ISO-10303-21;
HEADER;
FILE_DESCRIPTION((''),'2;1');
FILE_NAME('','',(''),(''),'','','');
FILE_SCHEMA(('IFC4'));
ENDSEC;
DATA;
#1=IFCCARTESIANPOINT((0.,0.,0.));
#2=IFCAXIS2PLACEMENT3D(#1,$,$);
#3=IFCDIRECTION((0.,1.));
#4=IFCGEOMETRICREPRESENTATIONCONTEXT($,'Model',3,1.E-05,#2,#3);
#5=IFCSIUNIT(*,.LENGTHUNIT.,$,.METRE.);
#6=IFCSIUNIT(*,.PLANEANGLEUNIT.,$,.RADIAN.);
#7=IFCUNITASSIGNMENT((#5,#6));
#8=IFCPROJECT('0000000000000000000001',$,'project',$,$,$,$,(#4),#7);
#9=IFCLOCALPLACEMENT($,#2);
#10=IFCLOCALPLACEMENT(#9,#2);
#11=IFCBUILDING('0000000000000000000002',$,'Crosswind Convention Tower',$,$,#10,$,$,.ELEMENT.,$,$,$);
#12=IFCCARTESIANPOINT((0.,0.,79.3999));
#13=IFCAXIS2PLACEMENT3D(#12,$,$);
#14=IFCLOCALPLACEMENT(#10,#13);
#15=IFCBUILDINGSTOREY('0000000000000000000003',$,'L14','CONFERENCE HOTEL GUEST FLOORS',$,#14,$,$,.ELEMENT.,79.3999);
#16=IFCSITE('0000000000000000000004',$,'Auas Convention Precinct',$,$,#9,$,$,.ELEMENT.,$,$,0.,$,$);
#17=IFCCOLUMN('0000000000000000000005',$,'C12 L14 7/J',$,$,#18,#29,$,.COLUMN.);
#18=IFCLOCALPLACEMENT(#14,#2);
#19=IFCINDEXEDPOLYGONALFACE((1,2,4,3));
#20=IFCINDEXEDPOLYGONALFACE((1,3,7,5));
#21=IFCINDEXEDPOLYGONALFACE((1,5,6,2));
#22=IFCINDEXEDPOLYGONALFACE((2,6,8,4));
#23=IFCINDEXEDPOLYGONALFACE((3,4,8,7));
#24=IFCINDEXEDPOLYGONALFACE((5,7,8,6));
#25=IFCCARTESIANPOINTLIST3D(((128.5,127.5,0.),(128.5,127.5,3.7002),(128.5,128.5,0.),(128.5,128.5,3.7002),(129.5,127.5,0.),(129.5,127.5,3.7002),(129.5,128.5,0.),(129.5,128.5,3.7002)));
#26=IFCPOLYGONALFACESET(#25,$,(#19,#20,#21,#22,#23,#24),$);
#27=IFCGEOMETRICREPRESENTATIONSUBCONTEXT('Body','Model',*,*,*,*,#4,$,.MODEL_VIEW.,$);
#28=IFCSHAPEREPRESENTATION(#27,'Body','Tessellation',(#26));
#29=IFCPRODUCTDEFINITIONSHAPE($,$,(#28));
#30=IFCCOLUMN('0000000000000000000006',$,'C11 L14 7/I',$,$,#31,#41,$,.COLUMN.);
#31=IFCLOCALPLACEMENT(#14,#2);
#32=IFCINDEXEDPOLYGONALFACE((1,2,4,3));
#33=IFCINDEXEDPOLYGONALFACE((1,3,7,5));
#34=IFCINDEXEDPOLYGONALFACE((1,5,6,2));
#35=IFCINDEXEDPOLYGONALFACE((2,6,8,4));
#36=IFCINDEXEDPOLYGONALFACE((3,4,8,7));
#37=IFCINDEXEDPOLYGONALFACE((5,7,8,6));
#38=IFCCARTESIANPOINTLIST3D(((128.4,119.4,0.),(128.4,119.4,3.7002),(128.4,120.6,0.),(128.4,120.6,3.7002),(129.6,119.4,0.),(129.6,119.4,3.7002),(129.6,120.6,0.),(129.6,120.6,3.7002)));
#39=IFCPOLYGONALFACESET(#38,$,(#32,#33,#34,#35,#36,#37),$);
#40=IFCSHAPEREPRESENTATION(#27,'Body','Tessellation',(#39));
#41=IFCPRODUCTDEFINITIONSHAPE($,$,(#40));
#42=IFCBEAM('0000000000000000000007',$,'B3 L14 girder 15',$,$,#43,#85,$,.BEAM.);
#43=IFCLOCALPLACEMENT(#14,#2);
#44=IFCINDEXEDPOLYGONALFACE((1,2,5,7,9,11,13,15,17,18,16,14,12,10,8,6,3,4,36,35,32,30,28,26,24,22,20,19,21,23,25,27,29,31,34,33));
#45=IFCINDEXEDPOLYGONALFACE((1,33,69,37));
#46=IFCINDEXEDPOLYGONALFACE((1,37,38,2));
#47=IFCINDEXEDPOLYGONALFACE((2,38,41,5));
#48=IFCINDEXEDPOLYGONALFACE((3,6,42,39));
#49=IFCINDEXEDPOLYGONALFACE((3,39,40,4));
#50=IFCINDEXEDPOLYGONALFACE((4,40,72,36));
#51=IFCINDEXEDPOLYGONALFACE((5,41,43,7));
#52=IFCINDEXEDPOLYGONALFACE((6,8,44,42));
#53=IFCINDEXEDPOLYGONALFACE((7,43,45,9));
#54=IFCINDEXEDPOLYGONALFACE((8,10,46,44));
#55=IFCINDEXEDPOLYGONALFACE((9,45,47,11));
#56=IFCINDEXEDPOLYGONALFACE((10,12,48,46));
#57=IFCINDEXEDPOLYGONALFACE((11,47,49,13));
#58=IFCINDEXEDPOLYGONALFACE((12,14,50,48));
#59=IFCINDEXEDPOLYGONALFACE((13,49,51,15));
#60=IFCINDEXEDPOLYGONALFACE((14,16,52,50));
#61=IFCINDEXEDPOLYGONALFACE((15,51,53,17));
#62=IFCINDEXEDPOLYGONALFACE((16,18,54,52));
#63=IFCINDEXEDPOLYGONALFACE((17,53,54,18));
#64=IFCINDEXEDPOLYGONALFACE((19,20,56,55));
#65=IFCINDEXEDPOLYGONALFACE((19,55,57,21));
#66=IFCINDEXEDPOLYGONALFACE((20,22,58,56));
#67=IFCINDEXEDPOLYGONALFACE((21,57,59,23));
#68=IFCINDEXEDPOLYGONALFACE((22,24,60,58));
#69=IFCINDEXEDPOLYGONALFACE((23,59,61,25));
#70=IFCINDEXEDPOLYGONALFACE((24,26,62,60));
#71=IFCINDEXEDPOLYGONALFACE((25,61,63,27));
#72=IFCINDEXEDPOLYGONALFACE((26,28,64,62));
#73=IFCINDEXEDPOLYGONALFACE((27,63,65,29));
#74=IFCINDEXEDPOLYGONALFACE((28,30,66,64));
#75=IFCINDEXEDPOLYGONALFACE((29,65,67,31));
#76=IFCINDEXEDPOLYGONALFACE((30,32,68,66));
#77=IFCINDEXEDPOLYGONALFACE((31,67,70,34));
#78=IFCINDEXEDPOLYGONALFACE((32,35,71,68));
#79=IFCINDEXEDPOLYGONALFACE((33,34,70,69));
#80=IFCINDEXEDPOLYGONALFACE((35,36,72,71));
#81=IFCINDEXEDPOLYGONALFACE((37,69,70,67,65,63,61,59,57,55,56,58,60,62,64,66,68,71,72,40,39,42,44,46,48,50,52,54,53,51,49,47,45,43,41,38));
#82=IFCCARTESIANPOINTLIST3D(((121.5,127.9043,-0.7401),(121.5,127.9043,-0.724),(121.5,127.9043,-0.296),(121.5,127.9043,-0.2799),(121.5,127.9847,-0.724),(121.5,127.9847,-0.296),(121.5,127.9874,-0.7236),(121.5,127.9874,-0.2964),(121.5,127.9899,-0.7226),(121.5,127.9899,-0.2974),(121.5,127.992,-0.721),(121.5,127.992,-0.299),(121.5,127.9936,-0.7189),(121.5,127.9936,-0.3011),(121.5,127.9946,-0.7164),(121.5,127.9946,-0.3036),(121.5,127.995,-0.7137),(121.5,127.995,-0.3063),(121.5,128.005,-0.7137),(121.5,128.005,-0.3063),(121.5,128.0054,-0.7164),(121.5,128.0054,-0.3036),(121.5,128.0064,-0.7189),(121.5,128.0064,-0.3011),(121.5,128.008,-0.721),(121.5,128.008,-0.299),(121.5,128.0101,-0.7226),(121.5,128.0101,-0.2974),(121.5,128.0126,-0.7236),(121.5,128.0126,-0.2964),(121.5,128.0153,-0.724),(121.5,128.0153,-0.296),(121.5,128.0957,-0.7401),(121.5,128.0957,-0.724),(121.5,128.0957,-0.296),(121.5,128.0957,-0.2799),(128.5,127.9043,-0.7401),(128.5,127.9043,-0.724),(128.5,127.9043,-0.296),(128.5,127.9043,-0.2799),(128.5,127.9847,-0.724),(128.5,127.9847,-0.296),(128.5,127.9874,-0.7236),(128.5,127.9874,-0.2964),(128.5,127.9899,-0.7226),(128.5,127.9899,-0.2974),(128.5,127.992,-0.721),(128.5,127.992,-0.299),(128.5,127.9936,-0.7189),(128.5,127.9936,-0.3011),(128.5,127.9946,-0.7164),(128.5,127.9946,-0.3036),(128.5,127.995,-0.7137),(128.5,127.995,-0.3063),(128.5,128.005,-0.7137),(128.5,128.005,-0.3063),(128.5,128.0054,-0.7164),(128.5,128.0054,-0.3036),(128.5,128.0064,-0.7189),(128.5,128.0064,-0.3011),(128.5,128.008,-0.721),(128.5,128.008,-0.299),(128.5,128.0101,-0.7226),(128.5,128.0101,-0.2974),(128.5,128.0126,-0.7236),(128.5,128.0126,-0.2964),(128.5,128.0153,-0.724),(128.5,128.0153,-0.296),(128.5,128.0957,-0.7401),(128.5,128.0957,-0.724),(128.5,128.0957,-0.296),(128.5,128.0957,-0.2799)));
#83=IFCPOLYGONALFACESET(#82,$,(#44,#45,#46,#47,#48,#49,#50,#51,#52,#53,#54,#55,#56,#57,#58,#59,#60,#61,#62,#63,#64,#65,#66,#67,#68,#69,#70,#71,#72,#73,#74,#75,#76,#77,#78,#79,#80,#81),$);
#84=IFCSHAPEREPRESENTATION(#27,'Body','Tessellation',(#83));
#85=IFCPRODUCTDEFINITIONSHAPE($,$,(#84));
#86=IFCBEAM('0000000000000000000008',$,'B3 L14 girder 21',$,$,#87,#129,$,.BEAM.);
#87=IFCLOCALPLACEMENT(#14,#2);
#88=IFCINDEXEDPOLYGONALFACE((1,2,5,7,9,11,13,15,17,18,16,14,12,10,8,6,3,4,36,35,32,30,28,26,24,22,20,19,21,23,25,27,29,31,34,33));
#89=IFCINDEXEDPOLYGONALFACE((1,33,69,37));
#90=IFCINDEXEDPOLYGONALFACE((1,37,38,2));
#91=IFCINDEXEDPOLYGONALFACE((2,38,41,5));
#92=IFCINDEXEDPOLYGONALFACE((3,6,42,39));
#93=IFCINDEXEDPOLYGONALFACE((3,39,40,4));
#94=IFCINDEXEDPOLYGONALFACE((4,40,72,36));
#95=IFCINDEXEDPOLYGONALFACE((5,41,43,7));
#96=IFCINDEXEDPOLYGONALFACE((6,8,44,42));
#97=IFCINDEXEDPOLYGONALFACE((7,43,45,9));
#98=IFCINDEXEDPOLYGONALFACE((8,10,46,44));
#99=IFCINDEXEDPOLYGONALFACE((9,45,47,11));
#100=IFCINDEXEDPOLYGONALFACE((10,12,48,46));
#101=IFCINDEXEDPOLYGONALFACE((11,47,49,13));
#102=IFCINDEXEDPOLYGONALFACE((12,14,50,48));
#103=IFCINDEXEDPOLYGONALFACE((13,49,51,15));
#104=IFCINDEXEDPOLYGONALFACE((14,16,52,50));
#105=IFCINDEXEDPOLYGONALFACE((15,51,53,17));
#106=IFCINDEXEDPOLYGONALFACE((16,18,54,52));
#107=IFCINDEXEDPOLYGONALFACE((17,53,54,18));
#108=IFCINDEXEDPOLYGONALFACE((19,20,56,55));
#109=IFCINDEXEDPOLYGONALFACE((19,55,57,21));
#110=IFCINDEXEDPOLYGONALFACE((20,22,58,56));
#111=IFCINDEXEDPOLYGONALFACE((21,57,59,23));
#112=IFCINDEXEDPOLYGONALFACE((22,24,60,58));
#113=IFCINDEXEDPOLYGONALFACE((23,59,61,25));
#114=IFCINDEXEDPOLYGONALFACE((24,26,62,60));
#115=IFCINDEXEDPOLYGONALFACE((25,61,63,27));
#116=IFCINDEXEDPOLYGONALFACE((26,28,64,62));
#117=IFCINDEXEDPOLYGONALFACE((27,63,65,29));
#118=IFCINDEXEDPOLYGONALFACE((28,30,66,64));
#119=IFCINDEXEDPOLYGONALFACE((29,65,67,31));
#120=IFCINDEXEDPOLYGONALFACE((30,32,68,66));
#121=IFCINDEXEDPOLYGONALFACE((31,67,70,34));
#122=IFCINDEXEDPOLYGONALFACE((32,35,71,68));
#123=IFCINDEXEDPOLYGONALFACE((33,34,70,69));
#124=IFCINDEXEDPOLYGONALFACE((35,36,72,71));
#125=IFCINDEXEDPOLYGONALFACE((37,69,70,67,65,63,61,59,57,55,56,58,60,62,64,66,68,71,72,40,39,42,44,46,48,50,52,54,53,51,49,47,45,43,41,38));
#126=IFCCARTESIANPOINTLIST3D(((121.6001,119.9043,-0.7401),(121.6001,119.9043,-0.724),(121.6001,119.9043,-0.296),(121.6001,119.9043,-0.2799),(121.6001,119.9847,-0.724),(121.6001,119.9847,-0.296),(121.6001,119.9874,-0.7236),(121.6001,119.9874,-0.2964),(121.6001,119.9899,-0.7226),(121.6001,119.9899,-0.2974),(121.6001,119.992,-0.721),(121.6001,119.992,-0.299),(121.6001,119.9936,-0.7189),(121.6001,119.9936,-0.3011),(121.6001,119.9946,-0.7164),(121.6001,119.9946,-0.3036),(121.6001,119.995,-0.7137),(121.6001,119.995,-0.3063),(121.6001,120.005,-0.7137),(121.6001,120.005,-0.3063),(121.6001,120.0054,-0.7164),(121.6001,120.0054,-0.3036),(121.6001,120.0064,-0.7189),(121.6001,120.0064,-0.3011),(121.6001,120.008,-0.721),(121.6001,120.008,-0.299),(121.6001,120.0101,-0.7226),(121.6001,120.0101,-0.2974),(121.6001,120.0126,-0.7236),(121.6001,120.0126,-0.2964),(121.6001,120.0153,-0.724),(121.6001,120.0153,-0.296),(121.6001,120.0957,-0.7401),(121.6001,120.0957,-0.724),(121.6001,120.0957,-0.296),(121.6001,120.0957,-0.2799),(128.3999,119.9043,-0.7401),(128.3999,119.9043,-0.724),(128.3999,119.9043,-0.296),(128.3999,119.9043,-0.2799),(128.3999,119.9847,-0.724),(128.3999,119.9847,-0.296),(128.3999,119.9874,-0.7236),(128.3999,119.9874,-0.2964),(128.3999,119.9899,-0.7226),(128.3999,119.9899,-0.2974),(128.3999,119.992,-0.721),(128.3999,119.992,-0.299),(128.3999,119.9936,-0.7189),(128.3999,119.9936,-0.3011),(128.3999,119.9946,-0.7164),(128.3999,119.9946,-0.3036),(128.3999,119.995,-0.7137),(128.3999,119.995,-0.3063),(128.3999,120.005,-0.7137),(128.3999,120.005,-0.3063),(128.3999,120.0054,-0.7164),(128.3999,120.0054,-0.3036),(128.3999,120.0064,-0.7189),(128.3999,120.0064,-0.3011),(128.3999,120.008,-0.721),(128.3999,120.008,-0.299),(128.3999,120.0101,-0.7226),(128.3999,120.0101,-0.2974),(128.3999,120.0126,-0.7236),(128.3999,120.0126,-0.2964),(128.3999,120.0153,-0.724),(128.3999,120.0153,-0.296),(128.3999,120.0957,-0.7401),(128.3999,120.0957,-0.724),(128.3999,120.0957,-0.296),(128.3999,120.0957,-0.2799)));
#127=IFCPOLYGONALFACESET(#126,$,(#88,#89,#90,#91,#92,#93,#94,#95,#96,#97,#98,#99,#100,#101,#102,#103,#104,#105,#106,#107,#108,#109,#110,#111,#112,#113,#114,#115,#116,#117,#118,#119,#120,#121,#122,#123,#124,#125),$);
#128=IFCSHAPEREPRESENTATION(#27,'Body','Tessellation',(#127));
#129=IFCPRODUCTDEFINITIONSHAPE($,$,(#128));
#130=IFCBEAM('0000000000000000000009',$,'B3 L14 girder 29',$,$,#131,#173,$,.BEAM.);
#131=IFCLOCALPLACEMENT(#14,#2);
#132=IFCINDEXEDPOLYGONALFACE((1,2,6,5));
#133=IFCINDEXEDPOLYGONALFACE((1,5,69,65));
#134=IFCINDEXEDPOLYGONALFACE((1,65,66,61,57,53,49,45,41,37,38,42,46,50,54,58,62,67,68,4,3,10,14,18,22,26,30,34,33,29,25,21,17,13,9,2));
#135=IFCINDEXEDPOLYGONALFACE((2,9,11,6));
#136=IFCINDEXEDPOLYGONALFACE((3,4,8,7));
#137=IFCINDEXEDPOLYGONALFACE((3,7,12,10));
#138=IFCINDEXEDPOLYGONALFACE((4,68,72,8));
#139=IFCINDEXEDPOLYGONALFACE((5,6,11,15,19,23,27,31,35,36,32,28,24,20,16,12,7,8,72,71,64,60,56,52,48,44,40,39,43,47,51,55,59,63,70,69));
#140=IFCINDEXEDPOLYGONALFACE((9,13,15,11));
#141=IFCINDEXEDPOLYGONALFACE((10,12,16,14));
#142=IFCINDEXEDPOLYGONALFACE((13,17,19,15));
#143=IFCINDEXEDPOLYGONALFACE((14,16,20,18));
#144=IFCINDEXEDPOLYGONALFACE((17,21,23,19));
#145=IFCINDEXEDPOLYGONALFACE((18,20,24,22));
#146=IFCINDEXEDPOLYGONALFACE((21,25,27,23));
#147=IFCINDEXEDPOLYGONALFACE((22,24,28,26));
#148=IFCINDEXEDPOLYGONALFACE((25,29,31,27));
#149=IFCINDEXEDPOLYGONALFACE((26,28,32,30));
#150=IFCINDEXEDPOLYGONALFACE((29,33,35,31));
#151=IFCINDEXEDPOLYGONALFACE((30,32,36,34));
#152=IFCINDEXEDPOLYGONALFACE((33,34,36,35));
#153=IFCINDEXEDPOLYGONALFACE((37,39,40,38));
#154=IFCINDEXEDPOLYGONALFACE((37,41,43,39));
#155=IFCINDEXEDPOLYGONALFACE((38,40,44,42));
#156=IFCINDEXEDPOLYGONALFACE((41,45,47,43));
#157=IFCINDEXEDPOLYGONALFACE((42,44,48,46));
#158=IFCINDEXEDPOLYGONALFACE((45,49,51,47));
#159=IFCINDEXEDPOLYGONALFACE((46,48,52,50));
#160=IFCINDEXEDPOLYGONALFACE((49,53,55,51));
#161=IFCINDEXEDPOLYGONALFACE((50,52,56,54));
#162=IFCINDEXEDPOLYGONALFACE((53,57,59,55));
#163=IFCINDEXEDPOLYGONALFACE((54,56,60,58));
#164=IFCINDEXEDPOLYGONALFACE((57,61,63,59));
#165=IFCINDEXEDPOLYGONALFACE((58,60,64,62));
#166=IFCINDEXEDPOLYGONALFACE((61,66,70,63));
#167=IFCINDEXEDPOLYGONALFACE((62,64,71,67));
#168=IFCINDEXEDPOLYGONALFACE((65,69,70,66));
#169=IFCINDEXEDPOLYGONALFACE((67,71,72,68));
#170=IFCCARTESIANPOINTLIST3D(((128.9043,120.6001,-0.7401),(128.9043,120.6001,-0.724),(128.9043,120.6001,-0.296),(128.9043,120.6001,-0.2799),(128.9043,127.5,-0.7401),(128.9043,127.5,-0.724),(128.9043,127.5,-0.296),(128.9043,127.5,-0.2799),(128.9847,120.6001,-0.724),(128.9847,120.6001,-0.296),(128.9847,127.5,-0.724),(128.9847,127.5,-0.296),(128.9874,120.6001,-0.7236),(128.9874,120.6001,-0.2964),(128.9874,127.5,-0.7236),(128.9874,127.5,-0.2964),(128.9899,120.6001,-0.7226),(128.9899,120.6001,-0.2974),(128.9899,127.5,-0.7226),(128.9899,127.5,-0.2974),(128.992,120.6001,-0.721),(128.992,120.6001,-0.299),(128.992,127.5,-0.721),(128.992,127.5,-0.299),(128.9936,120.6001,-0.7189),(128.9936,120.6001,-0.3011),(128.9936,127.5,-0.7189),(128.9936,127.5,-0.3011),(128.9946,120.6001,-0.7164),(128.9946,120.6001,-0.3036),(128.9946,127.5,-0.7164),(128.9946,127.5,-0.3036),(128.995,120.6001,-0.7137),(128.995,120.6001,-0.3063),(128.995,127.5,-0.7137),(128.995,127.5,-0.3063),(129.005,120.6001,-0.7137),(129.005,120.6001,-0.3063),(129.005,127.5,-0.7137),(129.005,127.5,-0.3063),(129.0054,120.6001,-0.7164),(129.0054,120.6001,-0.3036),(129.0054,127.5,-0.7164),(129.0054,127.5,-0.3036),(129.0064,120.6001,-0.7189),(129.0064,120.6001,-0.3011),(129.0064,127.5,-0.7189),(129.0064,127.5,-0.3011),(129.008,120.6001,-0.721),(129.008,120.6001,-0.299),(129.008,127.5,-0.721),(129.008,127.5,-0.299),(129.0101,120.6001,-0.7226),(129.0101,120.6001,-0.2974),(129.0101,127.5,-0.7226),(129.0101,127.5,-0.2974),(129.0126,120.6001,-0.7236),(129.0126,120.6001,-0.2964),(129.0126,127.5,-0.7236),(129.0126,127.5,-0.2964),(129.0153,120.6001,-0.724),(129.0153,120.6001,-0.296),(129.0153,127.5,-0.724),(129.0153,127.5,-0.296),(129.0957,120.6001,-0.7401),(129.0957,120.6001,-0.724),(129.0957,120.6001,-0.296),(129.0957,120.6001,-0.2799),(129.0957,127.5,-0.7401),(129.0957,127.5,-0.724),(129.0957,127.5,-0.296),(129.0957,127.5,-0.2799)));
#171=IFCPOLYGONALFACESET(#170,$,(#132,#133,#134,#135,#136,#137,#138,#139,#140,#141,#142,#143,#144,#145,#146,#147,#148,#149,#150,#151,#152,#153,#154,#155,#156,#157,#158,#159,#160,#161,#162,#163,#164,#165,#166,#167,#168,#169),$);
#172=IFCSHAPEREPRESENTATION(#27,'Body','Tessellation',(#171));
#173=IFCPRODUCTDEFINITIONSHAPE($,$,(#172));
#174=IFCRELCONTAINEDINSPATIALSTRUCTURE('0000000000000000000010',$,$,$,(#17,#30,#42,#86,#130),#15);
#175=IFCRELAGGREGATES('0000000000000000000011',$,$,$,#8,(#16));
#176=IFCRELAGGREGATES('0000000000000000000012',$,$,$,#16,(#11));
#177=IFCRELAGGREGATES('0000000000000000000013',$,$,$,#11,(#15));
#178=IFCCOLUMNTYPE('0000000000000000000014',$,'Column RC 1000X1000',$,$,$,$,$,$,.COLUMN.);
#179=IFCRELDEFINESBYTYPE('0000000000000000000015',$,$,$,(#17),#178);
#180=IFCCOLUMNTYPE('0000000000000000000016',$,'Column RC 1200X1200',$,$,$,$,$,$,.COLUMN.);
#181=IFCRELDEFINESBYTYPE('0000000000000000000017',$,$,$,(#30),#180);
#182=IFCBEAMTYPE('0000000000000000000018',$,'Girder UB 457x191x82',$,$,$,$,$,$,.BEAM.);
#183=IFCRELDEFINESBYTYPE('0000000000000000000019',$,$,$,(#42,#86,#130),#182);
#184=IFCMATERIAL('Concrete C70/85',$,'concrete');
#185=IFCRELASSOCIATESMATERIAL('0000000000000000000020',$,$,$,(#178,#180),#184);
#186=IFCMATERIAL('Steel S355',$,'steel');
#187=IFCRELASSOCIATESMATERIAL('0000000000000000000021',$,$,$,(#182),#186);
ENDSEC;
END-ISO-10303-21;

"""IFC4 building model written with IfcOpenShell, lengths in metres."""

from ifc_helpers import new_model, si_unit, direction, frame, origin, origin_2d, place, context, subcontext, project, spatial, rectangle, i_section, extrude, material, material_profile, profile_set, type_object, element, save


model = new_model("IFC4")

# Units and contexts
model_context = context("Model", 3, precision=1e-05, world=origin(), true_north=direction((0.0, 1.0)))
body_context = subcontext(model_context, "Body", "Model", "MODEL_VIEW")
ifc_project = project(units=[si_unit("LENGTHUNIT", "METRE"), si_unit("PLANEANGLEUNIT", "RADIAN")], contexts=[model_context])

# Site, building, storey
site_placement = place(None, origin())
site = spatial("IfcSite", under=ifc_project, at=site_placement, Name="Auas Convention Precinct", CompositionType="ELEMENT", RefElevation=0.0)
building_placement = place(site_placement, origin())
building = spatial("IfcBuilding", under=site, at=building_placement, Name="Crosswind Convention Tower", CompositionType="ELEMENT")
storey_placement = place(building_placement, frame((0.0, 0.0, 79.3999)))
storey = spatial("IfcBuildingStorey", under=building, at=storey_placement, Name="L14", Description="CONFERENCE HOTEL GUEST FLOORS", CompositionType="ELEMENT", Elevation=79.3999)

# Columns
ifc_material_1 = material(Name="Concrete C70/85", Category="concrete")
ifc_material_profile_1 = material_profile(ifc_material_1, rectangle(XDim=1.0, YDim=1.0, at=origin_2d()), Name="RC 1000X1000")
ifc_profile_set_1 = profile_set([ifc_material_profile_1], Name="Concrete C70/85")
column_type_1 = type_object("IfcColumnType", Name="Column RC 1000X1000", PredefinedType="COLUMN", material=ifc_profile_set_1)
column_1_placement = place(storey_placement, frame((129.0, 128.0, 0.0), z_axis=(0.0, 0.0, 1.0), x_axis=(1.0, 0.0, 0.0)))
element("IfcColumn", 1, at=column_1_placement, inside=storey, type_object=column_type_1, Name="C12 L14 7/J", PredefinedType="COLUMN", context=body_context, shape_type="SweptSolid", body=[
    extrude(rectangle(XDim=1.0, YDim=1.0, at=origin_2d()), origin(), (0.0, 0.0, 1.0), 3.7002),
])
ifc_material_profile_2 = material_profile(ifc_material_1, rectangle(XDim=1.2, YDim=1.2, at=origin_2d()), Name="RC 1200X1200")
ifc_profile_set_2 = profile_set([ifc_material_profile_2], Name="Concrete C70/85")
column_type_2 = type_object("IfcColumnType", Name="Column RC 1200X1200", PredefinedType="COLUMN", material=ifc_profile_set_2)
column_2_placement = place(storey_placement, frame((129.0, 120.0, 0.0), z_axis=(0.0, 0.0, 1.0), x_axis=(1.0, 0.0, 0.0)))
element("IfcColumn", 2, at=column_2_placement, inside=storey, type_object=column_type_2, Name="C11 L14 7/I", PredefinedType="COLUMN", context=body_context, shape_type="SweptSolid", body=[
    extrude(rectangle(XDim=1.2, YDim=1.2, at=origin_2d()), origin(), (0.0, 0.0, 1.0), 3.7002),
])

# Beams
ifc_material_2 = material(Name="Steel S355", Category="steel")
ifc_material_profile_3 = material_profile(ifc_material_2, i_section(OverallWidth=0.1914, OverallDepth=0.4602, WebThickness=0.01, FlangeThickness=0.0161, FilletRadius=0.0103, at=origin_2d()), Name="UB 457x191x82")
ifc_profile_set_3 = profile_set([ifc_material_profile_3], Name="Steel S355")
beam_type_1 = type_object("IfcBeamType", Name="Girder UB 457x191x82", PredefinedType="BEAM", material=ifc_profile_set_3)
beam_1_placement = place(storey_placement, frame((121.5, 128.0, -0.51), z_axis=(1.0, 0.0, 0.0), x_axis=(0.0, 1.0, 0.0)))
element("IfcBeam", 3, at=beam_1_placement, inside=storey, type_object=beam_type_1, Name="B3 L14 girder 15", PredefinedType="BEAM", context=body_context, shape_type="SweptSolid", body=[
    extrude(i_section(OverallWidth=0.1914, OverallDepth=0.4602, WebThickness=0.01, FlangeThickness=0.0161, FilletRadius=0.0103, at=origin_2d()), origin(), (0.0, 0.0, 1.0), 7.0),
])
beam_2_placement = place(storey_placement, frame((121.6001, 120.0, -0.51), z_axis=(1.0, 0.0, 0.0), x_axis=(0.0, 1.0, 0.0)))
element("IfcBeam", 4, at=beam_2_placement, inside=storey, type_object=beam_type_1, Name="B3 L14 girder 21", PredefinedType="BEAM", context=body_context, shape_type="SweptSolid", body=[
    extrude(i_section(OverallWidth=0.1914, OverallDepth=0.4602, WebThickness=0.01, FlangeThickness=0.0161, FilletRadius=0.0103, at=origin_2d()), origin(), (0.0, 0.0, 1.0), 6.7998),
])
beam_3_placement = place(storey_placement, frame((129.0, 120.6001, -0.51), z_axis=(0.0, 1.0, 0.0), x_axis=(-1.0, 0.0, 0.0)))
element("IfcBeam", 5, at=beam_3_placement, inside=storey, type_object=beam_type_1, Name="B3 L14 girder 29", PredefinedType="BEAM", context=body_context, shape_type="SweptSolid", body=[
    extrude(i_section(OverallWidth=0.1914, OverallDepth=0.4602, WebThickness=0.01, FlangeThickness=0.0161, FilletRadius=0.0103, at=origin_2d()), origin(), (0.0, 0.0, 1.0), 6.8999),
])

save(model, "model.ifc")
